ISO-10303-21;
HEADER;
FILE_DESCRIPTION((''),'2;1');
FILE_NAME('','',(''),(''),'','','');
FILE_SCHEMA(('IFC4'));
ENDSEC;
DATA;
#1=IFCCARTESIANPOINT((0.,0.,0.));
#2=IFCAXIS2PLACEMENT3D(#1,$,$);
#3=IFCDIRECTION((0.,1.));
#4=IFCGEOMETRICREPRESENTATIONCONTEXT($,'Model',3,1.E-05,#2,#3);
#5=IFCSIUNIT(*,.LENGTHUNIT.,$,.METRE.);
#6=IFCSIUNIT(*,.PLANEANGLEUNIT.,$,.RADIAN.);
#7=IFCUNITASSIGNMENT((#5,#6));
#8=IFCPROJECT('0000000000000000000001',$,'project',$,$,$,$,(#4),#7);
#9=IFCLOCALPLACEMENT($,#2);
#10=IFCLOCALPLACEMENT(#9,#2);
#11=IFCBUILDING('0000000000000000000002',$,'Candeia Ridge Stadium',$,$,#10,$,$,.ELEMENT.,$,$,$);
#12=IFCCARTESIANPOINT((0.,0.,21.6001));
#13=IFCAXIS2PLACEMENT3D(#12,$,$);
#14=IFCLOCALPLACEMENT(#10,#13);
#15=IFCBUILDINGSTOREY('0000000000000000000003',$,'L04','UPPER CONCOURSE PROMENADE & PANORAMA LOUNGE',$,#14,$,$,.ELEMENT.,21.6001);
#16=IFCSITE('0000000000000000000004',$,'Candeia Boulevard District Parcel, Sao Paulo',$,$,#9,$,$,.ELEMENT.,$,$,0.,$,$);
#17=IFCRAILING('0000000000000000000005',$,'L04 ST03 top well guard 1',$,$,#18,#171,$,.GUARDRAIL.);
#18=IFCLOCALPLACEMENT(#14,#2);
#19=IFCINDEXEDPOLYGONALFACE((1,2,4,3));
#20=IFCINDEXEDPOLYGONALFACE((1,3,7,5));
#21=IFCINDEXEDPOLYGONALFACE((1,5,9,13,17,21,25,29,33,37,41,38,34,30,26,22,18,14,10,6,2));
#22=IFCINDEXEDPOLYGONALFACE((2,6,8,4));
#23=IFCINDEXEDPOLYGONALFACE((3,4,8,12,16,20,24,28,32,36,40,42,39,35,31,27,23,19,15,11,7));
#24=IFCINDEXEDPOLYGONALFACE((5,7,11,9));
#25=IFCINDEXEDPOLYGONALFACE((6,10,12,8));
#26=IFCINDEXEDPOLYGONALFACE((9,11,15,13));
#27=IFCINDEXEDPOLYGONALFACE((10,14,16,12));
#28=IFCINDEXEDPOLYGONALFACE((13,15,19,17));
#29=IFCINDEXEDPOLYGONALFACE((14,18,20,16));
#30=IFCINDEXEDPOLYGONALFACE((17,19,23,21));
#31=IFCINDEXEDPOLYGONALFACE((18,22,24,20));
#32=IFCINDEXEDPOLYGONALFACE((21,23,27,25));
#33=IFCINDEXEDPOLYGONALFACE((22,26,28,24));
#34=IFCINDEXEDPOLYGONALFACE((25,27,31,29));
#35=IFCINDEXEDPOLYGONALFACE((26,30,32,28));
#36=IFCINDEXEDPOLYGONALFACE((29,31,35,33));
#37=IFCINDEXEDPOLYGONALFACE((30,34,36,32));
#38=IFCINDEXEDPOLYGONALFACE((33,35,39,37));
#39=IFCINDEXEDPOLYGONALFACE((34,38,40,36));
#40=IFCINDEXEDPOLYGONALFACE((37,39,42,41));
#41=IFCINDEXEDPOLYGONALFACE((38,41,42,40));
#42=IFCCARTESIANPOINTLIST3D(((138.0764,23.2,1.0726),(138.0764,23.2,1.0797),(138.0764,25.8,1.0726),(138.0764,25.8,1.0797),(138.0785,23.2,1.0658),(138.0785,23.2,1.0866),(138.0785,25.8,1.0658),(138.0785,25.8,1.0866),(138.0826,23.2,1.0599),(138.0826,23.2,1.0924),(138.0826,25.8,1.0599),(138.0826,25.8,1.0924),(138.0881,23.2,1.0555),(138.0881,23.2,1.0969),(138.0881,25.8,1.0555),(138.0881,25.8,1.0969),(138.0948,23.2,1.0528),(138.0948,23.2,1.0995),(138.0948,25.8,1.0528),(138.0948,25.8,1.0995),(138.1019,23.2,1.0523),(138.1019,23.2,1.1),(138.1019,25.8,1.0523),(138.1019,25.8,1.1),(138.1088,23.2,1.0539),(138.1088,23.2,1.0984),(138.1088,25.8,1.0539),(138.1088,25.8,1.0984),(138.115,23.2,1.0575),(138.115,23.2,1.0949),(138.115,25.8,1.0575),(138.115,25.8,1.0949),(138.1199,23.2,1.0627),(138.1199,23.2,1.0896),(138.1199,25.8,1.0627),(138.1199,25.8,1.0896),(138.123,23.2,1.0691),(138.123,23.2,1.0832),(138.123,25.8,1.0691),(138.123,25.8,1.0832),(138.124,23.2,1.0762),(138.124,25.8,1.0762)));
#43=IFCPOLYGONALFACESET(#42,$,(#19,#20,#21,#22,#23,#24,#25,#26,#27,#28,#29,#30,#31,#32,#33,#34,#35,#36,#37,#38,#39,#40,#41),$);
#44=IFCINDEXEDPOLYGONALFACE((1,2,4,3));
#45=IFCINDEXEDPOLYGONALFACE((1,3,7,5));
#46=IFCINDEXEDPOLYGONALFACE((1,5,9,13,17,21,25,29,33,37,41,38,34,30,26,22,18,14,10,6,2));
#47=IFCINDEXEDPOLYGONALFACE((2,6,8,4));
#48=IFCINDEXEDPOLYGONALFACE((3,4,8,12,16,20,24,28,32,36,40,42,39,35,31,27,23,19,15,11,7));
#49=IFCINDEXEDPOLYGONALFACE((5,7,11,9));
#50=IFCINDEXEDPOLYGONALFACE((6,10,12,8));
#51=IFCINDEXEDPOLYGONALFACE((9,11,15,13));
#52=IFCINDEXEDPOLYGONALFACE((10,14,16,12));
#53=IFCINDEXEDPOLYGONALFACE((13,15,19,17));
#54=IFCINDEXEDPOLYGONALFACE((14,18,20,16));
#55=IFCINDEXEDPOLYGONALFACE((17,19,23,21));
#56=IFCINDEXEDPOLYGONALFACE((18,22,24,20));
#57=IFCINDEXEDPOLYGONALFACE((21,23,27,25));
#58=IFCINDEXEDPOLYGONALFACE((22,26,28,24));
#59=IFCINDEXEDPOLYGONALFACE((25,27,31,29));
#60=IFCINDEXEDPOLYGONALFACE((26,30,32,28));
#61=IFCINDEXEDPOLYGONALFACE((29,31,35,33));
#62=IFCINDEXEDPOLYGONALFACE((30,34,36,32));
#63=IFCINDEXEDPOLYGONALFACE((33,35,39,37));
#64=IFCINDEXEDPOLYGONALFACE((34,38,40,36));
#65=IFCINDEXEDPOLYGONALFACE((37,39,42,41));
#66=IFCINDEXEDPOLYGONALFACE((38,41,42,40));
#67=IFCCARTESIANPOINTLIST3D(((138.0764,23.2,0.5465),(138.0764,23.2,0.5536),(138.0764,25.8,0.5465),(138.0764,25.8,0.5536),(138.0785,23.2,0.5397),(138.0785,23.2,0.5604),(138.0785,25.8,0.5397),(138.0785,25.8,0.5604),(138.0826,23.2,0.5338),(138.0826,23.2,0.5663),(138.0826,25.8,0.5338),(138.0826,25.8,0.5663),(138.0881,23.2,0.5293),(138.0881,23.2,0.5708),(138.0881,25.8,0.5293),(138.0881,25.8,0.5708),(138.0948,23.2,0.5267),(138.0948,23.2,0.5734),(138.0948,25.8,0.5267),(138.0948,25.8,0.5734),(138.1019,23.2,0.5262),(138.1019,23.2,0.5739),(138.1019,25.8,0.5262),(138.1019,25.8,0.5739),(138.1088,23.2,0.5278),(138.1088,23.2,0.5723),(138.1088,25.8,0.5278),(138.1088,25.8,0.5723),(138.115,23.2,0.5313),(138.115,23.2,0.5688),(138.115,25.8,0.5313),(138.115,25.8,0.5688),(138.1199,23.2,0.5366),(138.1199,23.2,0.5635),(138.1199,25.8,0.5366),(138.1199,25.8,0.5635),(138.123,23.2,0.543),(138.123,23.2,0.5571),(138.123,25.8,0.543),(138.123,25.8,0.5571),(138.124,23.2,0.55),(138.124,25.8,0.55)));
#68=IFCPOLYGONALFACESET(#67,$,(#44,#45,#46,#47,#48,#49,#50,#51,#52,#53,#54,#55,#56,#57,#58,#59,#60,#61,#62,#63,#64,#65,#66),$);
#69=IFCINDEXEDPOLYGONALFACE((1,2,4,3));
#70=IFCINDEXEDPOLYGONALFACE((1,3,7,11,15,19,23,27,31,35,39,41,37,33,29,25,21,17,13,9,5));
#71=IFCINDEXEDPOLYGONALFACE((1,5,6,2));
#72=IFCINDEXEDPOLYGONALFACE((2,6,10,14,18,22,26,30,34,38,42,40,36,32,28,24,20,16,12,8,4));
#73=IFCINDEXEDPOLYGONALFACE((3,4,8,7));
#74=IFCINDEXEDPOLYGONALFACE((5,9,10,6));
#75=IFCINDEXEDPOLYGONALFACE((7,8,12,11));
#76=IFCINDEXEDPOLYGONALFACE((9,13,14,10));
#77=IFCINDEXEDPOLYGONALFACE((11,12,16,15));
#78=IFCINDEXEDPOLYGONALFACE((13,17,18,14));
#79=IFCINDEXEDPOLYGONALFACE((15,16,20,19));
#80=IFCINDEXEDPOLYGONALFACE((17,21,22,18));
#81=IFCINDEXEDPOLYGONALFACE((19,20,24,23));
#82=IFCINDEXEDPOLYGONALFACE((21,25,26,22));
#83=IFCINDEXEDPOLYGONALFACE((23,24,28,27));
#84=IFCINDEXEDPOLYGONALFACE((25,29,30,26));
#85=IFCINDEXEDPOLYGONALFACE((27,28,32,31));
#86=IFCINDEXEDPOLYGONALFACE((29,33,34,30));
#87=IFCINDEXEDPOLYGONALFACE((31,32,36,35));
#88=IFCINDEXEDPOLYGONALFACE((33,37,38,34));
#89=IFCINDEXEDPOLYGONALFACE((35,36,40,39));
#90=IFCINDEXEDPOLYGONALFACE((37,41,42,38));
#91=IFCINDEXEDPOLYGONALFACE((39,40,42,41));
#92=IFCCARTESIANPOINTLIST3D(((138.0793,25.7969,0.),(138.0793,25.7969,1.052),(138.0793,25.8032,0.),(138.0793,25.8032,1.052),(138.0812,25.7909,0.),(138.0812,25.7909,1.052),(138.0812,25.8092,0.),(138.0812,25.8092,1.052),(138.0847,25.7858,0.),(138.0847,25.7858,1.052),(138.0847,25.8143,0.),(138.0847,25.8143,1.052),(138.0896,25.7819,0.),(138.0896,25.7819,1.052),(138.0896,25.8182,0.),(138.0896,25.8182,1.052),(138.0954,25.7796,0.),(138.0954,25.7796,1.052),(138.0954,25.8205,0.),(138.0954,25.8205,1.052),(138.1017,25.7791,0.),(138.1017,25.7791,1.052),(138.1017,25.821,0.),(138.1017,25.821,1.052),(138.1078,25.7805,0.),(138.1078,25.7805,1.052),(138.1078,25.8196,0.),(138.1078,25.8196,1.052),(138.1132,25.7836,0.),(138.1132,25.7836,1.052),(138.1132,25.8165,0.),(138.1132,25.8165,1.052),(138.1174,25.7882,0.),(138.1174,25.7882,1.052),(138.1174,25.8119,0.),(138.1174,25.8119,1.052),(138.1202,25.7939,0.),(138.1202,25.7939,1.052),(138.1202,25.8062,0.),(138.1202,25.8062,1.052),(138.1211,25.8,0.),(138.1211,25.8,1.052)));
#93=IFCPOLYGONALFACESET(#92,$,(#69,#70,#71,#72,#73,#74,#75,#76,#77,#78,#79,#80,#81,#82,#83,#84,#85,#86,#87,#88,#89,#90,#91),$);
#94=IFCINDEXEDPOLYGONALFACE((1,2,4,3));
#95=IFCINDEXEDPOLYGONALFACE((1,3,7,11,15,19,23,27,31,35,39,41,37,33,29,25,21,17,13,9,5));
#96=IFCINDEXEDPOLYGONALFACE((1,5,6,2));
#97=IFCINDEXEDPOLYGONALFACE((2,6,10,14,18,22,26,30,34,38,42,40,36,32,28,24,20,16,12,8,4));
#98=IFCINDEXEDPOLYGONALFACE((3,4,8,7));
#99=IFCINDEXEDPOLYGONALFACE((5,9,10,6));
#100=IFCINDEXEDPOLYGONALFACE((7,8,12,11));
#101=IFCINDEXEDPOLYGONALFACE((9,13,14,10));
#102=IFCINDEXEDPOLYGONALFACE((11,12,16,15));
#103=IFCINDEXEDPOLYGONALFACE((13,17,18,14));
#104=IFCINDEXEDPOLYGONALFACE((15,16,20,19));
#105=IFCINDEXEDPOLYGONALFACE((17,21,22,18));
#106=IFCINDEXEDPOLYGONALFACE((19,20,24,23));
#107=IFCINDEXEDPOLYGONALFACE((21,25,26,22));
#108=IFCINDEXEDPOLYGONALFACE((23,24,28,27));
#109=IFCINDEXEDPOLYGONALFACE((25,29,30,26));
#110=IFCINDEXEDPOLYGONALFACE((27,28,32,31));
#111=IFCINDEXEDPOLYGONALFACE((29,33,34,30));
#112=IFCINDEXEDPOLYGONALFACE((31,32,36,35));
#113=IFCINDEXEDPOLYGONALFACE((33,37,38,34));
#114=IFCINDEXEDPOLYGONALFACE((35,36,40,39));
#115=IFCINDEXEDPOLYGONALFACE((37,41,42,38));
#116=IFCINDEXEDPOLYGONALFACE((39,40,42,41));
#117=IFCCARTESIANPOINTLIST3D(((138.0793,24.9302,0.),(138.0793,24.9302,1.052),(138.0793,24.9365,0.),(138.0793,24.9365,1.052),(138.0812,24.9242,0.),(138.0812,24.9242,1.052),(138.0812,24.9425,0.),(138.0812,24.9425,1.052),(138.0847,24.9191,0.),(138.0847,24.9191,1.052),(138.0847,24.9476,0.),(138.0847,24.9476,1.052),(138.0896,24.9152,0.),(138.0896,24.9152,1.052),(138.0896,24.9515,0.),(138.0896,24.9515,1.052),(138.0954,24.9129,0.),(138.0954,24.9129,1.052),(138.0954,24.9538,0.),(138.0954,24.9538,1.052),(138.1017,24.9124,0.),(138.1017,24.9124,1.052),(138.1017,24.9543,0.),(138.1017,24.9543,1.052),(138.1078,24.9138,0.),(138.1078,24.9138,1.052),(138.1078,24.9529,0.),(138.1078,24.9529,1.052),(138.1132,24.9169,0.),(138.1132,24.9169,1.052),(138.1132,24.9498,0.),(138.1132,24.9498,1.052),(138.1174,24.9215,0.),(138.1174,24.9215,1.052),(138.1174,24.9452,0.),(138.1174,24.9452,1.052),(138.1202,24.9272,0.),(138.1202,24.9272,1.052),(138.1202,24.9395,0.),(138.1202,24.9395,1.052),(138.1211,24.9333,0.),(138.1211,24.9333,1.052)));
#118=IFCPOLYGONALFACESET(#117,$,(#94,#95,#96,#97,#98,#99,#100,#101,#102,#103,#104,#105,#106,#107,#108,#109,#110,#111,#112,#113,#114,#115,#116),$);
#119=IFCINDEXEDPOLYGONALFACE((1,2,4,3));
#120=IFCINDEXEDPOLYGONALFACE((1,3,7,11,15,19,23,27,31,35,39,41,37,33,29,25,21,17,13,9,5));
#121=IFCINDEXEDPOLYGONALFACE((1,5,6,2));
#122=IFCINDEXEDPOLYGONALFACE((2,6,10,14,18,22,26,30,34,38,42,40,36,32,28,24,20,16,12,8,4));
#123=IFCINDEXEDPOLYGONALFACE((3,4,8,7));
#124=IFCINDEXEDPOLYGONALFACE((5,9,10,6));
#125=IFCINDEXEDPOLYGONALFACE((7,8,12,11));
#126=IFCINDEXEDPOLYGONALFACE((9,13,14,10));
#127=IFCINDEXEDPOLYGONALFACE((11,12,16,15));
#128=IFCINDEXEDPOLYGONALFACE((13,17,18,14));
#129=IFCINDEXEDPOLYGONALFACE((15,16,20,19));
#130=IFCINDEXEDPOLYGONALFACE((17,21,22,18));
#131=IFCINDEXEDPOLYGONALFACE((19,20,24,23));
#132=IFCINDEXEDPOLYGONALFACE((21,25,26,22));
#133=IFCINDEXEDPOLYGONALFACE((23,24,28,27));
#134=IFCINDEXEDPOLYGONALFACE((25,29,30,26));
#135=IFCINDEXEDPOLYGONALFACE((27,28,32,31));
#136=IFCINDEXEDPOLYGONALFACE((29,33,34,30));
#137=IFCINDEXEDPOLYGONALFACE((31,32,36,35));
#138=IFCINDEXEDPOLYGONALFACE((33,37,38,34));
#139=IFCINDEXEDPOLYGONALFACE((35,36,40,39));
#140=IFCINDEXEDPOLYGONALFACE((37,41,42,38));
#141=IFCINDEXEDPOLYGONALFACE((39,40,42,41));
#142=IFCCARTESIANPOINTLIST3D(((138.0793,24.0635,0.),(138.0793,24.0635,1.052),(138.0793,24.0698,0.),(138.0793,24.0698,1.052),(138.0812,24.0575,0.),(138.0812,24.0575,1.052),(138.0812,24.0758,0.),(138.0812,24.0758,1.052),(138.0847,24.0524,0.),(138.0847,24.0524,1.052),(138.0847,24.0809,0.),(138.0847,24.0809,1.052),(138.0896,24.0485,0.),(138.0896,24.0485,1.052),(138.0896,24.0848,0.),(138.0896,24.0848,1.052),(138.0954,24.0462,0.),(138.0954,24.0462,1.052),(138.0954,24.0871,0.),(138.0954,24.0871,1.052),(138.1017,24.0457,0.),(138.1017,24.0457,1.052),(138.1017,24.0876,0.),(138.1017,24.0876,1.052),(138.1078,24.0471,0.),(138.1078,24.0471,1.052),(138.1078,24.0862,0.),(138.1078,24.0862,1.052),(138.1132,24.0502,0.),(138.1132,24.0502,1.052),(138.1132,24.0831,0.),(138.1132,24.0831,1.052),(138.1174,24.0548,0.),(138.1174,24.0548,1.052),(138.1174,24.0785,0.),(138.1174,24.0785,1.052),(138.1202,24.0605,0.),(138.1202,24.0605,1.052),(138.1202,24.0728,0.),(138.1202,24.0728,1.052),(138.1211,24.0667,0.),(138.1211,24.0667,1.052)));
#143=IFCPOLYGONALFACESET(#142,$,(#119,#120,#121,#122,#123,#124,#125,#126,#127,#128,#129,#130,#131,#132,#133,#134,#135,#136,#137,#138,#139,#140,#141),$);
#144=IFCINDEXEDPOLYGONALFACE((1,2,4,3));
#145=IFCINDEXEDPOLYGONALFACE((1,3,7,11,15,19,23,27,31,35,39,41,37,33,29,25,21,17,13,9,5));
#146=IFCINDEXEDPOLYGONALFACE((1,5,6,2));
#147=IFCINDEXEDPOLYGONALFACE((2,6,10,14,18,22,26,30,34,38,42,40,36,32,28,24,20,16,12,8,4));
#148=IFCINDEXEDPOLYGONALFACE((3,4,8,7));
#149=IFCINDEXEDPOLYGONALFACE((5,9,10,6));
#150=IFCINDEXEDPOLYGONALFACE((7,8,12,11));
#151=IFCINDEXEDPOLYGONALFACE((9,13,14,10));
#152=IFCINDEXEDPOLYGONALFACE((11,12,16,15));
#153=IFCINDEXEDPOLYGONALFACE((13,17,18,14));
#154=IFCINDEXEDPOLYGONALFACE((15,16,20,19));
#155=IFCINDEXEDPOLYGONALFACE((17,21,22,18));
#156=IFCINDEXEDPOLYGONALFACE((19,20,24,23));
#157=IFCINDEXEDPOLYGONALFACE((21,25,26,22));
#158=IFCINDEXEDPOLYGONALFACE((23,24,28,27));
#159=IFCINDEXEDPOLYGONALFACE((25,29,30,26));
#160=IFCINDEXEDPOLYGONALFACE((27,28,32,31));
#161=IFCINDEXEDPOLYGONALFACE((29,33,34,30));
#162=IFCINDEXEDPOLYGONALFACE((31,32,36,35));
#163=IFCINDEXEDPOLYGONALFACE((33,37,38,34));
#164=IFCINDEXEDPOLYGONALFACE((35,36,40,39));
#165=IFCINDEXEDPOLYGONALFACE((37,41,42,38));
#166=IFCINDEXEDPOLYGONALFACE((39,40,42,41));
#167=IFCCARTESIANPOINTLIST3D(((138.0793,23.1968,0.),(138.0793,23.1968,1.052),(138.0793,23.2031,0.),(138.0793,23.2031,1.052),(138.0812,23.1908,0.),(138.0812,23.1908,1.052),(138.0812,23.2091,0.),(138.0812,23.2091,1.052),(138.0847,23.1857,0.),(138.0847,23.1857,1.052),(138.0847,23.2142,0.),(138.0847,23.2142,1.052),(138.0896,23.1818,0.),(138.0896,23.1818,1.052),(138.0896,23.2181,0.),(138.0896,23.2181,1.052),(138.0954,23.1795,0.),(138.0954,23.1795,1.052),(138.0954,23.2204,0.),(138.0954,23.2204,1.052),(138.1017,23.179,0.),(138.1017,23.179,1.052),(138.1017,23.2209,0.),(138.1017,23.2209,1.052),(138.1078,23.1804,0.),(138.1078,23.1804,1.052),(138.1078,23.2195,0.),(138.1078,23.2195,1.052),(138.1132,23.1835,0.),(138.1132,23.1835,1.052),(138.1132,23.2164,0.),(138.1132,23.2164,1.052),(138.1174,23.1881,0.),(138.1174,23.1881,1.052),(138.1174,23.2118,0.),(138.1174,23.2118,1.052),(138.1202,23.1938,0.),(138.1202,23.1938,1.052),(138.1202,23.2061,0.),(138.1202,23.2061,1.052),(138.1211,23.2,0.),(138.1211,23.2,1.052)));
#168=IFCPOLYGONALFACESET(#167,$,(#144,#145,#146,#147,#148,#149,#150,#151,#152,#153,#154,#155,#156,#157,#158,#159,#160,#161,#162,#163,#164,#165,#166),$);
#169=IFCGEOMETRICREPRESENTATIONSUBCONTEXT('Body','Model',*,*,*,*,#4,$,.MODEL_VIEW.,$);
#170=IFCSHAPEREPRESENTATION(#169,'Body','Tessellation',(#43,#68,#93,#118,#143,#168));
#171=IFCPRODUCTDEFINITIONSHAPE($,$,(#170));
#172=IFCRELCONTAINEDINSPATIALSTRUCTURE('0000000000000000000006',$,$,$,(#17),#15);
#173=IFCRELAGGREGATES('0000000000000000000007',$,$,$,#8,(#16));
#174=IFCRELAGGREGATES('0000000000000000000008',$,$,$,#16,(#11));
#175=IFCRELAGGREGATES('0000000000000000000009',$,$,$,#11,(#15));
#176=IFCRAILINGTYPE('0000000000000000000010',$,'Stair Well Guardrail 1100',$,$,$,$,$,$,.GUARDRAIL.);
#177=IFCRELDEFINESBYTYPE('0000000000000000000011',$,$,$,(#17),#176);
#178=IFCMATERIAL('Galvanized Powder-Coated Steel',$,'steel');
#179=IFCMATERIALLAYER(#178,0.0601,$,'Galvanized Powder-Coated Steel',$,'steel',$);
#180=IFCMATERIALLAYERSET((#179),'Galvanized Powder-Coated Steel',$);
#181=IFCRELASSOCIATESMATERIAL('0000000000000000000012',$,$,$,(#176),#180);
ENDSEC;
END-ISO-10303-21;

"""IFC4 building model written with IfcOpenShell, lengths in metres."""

from ifc_helpers import new_model, si_unit, direction, frame, origin, origin_2d, place, context, subcontext, project, spatial, circle, extrude, material, layer, layer_set, type_object, element, save


model = new_model("IFC4")

# Units and contexts
model_context = context("Model", 3, precision=1e-05, world=origin(), true_north=direction((0.0, 1.0)))
body_context = subcontext(model_context, "Body", "Model", "MODEL_VIEW")
ifc_project = project(units=[si_unit("LENGTHUNIT", "METRE"), si_unit("PLANEANGLEUNIT", "RADIAN")], contexts=[model_context])

# Site, building, storey
site_placement = place(None, origin())
site = spatial("IfcSite", under=ifc_project, at=site_placement, Name="Candeia Boulevard District Parcel, Sao Paulo", CompositionType="ELEMENT", RefElevation=0.0)
building_placement = place(site_placement, origin())
building = spatial("IfcBuilding", under=site, at=building_placement, Name="Candeia Ridge Stadium", CompositionType="ELEMENT")
storey_placement = place(building_placement, frame((0.0, 0.0, 21.6001)))
storey = spatial("IfcBuildingStorey", under=building, at=storey_placement, Name="L04", Description="UPPER CONCOURSE PROMENADE & PANORAMA LOUNGE", CompositionType="ELEMENT", Elevation=21.6001)

# Railing
ifc_material_1 = material(Name="Galvanized Powder-Coated Steel", Category="steel")
ifc_layer_1 = layer(ifc_material_1, 0.0601, Name="Galvanized Powder-Coated Steel", Category="steel")
ifc_layer_set_1 = layer_set([ifc_layer_1], Name="Galvanized Powder-Coated Steel")
railing_type_1 = type_object("IfcRailingType", Name="Stair Well Guardrail 1100", PredefinedType="GUARDRAIL", material=ifc_layer_set_1)
railing_1_placement = place(storey_placement, frame((138.1001, 25.8, 0.0)))
element("IfcRailing", 1, at=railing_1_placement, inside=storey, type_object=railing_type_1, Name="L04 ST03 top well guard 1", PredefinedType="GUARDRAIL", context=body_context, shape_type="SweptSolid", body=[
    extrude(circle(Radius=0.0239, at=origin_2d()), frame((0.0, 0.0, 1.0762), z_axis=(0.0, -1.0, 0.0), x_axis=(1.0, 0.0, 0.0)), (0.0, 0.0, 1.0), 2.6001),
    extrude(circle(Radius=0.0239, at=origin_2d()), frame((0.0, 0.0, 0.55), z_axis=(0.0, -1.0, 0.0), x_axis=(1.0, 0.0, 0.0)), (0.0, 0.0, 1.0), 2.6001),
    extrude(circle(Radius=0.021, at=origin_2d()), origin(), (0.0, 0.0, 1.0), 1.052),
    extrude(circle(Radius=0.021, at=origin_2d()), frame((0.0, -0.8667, 0.0)), (0.0, 0.0, 1.0), 1.052),
    extrude(circle(Radius=0.021, at=origin_2d()), frame((0.0, -1.7334, 0.0)), (0.0, 0.0, 1.0), 1.052),
    extrude(circle(Radius=0.021, at=origin_2d()), frame((0.0, -2.6001, 0.0)), (0.0, 0.0, 1.0), 1.052),
])

save(model, "model.ifc")
